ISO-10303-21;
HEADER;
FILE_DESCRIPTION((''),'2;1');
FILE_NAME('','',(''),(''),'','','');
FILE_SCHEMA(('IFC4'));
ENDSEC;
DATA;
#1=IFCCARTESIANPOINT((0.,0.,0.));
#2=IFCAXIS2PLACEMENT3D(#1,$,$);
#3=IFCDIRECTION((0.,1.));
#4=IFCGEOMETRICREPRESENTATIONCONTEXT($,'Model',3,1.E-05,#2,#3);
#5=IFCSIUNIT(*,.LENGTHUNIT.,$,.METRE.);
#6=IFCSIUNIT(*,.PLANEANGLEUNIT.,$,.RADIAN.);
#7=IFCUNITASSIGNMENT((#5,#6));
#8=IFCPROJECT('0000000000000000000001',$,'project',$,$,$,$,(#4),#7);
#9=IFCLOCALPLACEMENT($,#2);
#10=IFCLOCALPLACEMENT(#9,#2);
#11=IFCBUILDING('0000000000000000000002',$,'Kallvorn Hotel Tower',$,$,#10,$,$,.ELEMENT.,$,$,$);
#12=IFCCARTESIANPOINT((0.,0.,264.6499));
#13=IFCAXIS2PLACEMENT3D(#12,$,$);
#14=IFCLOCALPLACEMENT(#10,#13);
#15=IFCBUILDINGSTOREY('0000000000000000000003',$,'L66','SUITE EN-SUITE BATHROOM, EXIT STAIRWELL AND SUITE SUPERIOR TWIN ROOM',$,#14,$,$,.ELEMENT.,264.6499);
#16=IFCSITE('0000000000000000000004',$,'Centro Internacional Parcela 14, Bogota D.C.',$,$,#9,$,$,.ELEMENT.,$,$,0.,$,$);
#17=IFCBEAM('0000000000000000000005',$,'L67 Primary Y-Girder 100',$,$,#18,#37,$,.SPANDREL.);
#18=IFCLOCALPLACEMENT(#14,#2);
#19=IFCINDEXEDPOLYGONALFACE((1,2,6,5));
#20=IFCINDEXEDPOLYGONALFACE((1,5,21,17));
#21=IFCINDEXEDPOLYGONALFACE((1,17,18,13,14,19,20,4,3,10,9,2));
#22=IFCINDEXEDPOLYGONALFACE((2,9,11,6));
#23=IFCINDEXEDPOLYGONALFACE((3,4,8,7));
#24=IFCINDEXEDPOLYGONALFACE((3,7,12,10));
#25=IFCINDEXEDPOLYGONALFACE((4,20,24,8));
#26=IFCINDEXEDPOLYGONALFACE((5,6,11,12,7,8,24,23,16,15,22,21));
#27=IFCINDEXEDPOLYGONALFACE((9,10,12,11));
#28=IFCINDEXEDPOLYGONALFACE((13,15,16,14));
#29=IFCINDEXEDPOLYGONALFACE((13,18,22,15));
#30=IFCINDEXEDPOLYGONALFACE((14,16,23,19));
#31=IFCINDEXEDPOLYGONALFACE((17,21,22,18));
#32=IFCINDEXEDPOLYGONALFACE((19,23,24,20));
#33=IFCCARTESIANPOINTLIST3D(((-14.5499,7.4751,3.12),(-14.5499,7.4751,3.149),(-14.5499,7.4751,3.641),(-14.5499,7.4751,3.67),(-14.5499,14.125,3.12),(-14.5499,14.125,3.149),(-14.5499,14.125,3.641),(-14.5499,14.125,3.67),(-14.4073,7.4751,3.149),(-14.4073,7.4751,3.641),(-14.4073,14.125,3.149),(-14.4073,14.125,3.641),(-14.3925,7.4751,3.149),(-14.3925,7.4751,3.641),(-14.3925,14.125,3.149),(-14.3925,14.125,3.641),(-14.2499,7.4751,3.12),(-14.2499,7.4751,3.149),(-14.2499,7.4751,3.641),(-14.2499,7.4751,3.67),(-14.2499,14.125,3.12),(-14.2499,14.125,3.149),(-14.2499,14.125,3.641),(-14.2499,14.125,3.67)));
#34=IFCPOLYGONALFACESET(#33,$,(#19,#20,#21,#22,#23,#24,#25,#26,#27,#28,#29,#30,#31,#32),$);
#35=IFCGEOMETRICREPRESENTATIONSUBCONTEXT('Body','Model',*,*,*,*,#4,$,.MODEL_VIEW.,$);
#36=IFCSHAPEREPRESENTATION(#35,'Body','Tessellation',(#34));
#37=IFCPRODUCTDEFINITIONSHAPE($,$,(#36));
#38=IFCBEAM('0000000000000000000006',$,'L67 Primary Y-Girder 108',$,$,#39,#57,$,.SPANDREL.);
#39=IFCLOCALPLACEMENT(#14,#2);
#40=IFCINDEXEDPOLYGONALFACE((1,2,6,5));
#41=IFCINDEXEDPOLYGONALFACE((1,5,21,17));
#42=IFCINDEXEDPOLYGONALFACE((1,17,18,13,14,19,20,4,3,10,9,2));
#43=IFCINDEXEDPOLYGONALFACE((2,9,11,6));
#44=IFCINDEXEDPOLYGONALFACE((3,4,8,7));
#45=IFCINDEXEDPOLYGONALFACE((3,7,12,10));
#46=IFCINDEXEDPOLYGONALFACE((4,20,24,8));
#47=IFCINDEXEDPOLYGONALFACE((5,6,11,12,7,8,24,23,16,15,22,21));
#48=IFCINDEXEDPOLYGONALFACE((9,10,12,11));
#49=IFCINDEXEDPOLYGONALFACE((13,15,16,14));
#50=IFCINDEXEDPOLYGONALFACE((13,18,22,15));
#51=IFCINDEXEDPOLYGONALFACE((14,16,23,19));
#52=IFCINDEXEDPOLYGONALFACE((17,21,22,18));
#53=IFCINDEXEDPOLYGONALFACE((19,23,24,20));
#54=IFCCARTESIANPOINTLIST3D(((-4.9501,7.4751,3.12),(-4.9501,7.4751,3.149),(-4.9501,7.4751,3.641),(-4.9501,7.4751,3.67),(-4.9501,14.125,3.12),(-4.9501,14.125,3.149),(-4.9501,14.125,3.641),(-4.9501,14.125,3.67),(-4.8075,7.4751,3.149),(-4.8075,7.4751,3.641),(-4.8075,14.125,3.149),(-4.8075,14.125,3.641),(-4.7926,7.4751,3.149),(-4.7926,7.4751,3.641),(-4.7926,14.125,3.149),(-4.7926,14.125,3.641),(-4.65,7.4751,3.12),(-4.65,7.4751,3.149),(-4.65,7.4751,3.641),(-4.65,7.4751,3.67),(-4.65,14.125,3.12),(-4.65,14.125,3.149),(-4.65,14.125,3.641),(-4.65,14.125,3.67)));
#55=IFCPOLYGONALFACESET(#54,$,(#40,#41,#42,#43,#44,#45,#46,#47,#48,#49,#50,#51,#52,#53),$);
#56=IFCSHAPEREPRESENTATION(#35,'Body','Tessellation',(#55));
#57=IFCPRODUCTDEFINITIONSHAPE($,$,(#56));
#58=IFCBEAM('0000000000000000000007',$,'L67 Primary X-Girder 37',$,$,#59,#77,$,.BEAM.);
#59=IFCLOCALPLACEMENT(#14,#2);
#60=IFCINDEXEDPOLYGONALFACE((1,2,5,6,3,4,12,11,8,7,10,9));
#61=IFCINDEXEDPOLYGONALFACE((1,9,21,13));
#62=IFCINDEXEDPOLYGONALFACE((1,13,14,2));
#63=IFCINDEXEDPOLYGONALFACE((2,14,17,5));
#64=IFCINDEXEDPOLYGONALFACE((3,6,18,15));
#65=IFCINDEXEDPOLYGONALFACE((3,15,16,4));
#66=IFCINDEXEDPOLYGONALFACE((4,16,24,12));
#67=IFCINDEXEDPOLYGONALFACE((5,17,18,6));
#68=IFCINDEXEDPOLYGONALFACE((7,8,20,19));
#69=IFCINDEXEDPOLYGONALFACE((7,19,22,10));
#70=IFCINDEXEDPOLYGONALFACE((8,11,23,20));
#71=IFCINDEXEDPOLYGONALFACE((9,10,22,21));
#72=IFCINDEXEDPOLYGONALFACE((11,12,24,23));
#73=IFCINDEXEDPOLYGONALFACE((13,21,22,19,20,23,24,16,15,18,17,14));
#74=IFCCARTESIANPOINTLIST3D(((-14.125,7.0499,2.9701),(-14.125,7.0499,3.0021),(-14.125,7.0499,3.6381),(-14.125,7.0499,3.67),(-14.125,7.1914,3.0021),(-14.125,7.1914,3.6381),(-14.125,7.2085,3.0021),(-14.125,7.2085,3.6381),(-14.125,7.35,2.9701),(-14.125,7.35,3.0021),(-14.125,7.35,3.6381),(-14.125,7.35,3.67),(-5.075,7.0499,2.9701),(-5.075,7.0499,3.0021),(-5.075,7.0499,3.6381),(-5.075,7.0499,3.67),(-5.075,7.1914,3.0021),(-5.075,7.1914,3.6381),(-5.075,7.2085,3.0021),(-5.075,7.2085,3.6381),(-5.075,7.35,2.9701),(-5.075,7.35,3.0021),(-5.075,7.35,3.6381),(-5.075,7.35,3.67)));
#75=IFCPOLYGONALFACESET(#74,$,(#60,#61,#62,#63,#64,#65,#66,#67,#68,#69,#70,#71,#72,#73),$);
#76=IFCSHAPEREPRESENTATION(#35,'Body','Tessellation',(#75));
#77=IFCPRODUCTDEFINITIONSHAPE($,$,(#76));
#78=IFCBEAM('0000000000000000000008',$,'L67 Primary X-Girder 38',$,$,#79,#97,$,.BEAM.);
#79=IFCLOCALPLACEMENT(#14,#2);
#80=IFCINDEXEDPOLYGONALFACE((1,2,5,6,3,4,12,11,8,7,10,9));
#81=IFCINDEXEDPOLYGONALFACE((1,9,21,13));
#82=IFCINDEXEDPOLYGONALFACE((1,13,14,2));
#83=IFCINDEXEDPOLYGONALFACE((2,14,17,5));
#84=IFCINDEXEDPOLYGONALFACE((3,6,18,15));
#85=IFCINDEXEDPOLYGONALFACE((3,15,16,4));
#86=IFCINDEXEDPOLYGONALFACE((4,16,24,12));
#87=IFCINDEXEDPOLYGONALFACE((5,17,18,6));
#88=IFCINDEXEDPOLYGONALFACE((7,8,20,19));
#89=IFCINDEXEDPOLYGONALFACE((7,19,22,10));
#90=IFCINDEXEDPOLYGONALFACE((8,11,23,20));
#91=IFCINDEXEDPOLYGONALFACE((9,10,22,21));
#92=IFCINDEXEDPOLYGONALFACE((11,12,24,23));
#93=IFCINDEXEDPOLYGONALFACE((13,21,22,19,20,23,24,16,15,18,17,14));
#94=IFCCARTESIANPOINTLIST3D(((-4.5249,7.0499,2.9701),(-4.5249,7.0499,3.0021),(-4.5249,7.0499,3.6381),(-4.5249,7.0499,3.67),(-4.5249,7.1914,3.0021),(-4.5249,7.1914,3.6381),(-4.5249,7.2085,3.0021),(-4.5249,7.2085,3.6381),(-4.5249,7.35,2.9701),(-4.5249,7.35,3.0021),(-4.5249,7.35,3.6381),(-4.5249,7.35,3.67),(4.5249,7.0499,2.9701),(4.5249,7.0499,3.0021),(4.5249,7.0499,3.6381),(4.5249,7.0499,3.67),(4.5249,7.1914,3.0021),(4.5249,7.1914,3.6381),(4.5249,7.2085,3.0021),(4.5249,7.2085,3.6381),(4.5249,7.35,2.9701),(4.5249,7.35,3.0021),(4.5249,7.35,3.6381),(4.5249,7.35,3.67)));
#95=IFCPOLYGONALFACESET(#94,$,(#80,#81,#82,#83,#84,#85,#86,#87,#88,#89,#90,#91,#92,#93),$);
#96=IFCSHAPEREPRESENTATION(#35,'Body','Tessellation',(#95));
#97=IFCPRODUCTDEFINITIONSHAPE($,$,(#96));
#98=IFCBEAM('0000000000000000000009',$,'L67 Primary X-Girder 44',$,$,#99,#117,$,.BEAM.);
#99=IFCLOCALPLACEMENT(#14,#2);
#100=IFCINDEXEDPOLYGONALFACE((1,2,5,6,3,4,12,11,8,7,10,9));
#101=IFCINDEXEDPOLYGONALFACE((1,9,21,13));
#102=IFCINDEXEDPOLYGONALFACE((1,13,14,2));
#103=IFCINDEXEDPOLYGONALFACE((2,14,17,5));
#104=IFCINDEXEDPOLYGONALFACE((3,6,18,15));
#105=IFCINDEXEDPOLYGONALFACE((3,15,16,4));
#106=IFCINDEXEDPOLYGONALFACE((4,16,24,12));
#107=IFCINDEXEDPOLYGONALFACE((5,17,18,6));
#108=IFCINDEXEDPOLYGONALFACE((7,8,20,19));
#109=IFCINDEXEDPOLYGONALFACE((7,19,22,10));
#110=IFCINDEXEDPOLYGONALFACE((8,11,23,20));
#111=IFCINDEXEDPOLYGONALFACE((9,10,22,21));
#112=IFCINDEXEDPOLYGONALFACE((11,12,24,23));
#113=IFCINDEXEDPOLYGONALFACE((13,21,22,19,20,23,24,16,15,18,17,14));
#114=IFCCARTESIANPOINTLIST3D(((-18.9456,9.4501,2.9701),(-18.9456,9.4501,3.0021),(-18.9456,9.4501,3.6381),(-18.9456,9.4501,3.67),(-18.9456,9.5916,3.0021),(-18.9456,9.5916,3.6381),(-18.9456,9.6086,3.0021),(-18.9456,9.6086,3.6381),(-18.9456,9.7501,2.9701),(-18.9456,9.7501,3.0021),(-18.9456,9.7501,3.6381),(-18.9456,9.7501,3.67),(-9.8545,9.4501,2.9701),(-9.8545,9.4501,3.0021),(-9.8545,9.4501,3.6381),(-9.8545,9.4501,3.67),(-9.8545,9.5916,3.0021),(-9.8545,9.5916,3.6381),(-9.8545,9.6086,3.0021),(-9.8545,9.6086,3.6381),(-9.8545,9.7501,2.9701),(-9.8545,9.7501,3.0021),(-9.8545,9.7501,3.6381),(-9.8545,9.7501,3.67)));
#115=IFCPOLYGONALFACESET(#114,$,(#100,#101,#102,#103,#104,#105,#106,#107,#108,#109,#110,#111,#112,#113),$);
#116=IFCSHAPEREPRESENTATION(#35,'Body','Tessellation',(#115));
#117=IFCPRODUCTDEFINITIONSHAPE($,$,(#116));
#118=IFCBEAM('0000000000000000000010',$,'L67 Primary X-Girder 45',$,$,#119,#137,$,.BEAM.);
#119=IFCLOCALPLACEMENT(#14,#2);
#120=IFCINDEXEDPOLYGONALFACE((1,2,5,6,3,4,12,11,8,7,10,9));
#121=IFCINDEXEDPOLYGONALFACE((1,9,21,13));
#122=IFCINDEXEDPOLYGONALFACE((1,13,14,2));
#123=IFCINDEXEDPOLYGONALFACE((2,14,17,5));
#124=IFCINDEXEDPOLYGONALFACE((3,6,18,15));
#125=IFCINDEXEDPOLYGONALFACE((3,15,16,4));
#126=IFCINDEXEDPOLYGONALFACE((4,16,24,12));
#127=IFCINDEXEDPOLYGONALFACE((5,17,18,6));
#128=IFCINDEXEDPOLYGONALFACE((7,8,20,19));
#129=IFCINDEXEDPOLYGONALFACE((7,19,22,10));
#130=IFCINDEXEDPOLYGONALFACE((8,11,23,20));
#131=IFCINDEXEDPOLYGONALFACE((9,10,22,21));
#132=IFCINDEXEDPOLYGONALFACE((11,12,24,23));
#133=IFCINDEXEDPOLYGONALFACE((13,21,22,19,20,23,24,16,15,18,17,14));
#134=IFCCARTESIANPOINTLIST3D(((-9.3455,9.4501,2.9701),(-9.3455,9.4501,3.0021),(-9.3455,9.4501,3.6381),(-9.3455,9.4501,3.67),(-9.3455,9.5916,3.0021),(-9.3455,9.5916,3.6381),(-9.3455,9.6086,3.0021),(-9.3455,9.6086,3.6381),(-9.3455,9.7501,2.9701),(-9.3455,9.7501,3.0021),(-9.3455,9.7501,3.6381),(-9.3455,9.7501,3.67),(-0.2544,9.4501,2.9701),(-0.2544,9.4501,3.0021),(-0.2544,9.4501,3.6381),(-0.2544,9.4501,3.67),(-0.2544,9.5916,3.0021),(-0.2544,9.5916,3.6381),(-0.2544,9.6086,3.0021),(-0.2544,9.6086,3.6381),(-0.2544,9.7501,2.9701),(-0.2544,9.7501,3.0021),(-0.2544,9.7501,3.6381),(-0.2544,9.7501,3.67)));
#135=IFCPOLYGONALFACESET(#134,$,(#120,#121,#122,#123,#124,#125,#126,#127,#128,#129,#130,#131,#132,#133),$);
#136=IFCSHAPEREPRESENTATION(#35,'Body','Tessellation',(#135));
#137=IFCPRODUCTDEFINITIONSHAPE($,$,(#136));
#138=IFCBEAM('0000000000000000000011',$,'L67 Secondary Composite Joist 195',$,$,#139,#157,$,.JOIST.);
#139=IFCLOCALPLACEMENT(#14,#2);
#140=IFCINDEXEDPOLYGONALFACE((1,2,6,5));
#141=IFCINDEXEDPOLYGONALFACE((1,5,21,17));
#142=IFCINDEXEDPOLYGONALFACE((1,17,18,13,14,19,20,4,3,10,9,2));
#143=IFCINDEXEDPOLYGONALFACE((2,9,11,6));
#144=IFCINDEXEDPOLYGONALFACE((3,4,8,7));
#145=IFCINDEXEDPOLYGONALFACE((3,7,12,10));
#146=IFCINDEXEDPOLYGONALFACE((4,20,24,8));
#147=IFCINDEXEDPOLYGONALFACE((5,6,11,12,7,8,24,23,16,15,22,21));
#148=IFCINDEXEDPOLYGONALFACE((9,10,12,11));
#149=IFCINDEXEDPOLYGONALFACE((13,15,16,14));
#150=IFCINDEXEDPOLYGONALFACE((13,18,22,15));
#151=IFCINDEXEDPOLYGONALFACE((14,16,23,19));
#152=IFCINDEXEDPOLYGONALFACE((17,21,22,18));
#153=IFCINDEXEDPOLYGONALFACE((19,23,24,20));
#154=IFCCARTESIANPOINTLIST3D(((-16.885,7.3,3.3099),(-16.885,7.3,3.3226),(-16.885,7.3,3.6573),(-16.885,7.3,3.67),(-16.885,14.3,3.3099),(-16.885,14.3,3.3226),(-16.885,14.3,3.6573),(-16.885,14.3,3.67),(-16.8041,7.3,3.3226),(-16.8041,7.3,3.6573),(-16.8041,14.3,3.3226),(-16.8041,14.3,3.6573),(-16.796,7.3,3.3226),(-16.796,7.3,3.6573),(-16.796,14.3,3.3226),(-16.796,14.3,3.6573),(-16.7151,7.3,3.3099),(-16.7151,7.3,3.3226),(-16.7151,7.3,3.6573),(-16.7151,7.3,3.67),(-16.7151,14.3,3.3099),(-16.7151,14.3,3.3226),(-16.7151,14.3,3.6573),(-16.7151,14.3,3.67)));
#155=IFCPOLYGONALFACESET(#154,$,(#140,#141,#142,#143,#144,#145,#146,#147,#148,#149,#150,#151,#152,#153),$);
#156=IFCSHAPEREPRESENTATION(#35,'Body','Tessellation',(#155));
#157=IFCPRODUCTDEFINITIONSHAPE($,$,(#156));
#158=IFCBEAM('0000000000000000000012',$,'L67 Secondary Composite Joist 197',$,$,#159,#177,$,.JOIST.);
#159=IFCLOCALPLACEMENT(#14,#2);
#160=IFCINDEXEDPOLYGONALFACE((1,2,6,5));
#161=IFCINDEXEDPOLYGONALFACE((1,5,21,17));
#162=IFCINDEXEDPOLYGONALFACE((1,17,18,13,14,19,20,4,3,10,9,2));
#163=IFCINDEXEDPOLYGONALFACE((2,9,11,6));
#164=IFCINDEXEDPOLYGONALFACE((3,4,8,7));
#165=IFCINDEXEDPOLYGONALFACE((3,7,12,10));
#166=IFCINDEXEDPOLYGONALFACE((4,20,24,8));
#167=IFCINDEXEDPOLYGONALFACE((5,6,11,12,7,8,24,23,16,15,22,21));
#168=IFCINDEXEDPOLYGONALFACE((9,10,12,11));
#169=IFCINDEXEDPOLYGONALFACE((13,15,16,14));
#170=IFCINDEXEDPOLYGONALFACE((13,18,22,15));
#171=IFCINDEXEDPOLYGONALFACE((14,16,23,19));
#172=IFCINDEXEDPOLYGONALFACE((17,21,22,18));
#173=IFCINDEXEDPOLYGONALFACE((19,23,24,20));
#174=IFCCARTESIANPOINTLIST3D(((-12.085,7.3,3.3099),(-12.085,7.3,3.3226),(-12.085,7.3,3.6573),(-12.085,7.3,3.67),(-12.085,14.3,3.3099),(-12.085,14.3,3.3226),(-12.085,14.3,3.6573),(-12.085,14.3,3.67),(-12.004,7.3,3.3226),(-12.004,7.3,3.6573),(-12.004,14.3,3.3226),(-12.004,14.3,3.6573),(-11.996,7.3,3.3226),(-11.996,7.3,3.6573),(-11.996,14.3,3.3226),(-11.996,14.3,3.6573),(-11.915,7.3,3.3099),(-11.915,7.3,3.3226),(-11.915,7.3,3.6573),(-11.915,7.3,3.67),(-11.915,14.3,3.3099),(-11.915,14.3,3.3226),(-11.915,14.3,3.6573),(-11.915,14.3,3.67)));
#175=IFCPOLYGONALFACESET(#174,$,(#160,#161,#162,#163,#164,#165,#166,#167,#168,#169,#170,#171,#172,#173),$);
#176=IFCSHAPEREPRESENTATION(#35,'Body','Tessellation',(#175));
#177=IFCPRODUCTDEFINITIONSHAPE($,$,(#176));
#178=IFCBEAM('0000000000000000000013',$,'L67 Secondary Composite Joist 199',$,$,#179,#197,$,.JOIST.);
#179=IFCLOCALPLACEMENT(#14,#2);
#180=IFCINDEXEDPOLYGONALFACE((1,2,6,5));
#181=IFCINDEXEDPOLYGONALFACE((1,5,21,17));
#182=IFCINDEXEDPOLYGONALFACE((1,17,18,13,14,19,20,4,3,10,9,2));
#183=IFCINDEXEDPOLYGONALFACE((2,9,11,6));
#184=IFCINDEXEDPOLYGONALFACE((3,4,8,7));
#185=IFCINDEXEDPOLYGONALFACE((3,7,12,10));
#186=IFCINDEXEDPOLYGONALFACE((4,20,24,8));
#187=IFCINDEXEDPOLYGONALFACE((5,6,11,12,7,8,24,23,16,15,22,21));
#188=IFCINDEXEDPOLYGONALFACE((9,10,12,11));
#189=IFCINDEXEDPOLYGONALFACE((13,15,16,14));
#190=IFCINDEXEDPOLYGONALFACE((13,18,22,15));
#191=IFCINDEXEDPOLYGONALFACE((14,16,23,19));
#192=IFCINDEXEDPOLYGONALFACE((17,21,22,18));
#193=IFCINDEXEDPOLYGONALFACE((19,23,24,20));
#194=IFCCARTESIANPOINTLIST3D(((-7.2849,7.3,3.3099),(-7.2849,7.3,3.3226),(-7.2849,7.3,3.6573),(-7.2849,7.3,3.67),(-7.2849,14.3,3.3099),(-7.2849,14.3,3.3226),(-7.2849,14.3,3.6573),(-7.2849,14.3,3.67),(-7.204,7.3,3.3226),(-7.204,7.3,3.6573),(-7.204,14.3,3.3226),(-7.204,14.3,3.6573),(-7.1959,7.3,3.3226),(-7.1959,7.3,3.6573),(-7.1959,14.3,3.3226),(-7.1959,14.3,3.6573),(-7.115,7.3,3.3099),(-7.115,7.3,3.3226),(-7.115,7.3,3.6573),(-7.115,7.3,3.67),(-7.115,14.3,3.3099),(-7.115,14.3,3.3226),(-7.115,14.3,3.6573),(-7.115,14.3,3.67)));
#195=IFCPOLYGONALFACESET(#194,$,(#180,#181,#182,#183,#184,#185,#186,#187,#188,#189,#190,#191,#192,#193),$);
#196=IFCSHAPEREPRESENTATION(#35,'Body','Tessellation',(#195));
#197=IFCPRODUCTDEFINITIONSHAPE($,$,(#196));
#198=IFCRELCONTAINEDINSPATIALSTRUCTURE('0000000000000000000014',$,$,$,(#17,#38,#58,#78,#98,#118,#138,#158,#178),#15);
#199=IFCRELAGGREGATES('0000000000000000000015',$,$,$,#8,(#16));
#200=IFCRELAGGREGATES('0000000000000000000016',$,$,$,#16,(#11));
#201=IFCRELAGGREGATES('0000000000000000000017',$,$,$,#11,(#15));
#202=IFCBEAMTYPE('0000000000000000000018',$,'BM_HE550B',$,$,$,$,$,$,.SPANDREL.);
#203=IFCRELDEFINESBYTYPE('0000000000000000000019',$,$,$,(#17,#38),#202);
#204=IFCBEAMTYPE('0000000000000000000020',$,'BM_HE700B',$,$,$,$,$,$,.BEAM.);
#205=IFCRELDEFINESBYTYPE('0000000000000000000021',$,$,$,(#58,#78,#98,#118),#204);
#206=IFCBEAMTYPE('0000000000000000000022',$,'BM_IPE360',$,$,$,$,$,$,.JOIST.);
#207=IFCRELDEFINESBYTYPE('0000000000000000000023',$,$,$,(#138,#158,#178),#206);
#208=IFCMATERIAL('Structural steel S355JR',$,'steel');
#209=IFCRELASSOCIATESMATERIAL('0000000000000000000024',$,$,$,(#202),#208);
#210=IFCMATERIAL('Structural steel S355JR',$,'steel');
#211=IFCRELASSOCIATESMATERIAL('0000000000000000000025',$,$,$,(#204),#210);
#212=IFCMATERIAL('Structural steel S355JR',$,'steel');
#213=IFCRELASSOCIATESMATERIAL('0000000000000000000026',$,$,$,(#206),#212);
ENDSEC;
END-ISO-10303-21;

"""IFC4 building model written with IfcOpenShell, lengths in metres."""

from ifc_helpers import new_model, si_unit, direction, frame, origin, origin_2d, place, context, subcontext, project, spatial, i_section, extrude, material, material_profile, profile_set, type_object, element, save


model = new_model("IFC4")

# Units and contexts
model_context = context("Model", 3, precision=1e-05, world=origin(), true_north=direction((0.0, 1.0)))
body_context = subcontext(model_context, "Body", "Model", "MODEL_VIEW")
ifc_project = project(units=[si_unit("LENGTHUNIT", "METRE"), si_unit("PLANEANGLEUNIT", "RADIAN")], contexts=[model_context])

# Site, building, storey
site_placement = place(None, origin())
site = spatial("IfcSite", under=ifc_project, at=site_placement, Name="Centro Internacional Parcela 14, Bogota D.C.", CompositionType="ELEMENT", RefElevation=0.0)
building_placement = place(site_placement, origin())
building = spatial("IfcBuilding", under=site, at=building_placement, Name="Kallvorn Hotel Tower", CompositionType="ELEMENT")
storey_placement = place(building_placement, frame((0.0, 0.0, 264.6499)))
storey = spatial("IfcBuildingStorey", under=building, at=storey_placement, Name="L66", Description="SUITE EN-SUITE BATHROOM, EXIT STAIRWELL AND SUITE SUPERIOR TWIN ROOM", CompositionType="ELEMENT", Elevation=264.6499)

# Beams
ifc_material_1 = material(Name="Structural steel S355JR", Category="steel")
ifc_material_profile_1 = material_profile(ifc_material_1, i_section(OverallWidth=0.3, OverallDepth=0.55, WebThickness=0.0149, FlangeThickness=0.0291, at=origin_2d()), Name="HE 550 B")
ifc_profile_set_1 = profile_set([ifc_material_profile_1], Name="Structural steel S355JR")
beam_type_1 = type_object("IfcBeamType", Name="BM_HE550B", PredefinedType="SPANDREL", material=ifc_profile_set_1)
for number, where, z_axis, x_axis, name in (
    (1, (-14.3999, 7.4751, 3.395), (0.0, 1.0, 0.0), (-1.0, 0.0, 0.0), "L67 Primary Y-Girder 100"),
    (2, (-4.8, 7.4751, 3.395), (0.0, 1.0, 0.0), (-1.0, 0.0, 0.0), "L67 Primary Y-Girder 108"),
):
    element("IfcBeam", number, at=place(storey_placement, frame(where, z_axis=z_axis, x_axis=x_axis)), inside=storey, type_object=beam_type_1, Name=name, PredefinedType="SPANDREL", context=body_context, shape_type="SweptSolid", body=[
        extrude(i_section(OverallWidth=0.3, OverallDepth=0.55, WebThickness=0.0149, FlangeThickness=0.0291, at=origin_2d()), origin(), (0.0, 0.0, 1.0), 6.6499),
    ])
ifc_material_2 = material(Name="Structural steel S355JR", Category="steel")
ifc_material_profile_2 = material_profile(ifc_material_2, i_section(OverallWidth=0.3, OverallDepth=0.7, WebThickness=0.0171, FlangeThickness=0.032, at=origin_2d()), Name="HE 700 B")
ifc_profile_set_2 = profile_set([ifc_material_profile_2], Name="Structural steel S355JR")
beam_type_2 = type_object("IfcBeamType", Name="BM_HE700B", PredefinedType="BEAM", material=ifc_profile_set_2)
beam_1_placement = place(storey_placement, frame((-14.125, 7.2, 3.3201), z_axis=(1.0, 0.0, 0.0), x_axis=(0.0, 1.0, 0.0)))
element("IfcBeam", 3, at=beam_1_placement, inside=storey, type_object=beam_type_2, Name="L67 Primary X-Girder 37", PredefinedType="BEAM", context=body_context, shape_type="SweptSolid", body=[
    extrude(i_section(OverallWidth=0.3, OverallDepth=0.7, WebThickness=0.0171, FlangeThickness=0.032, at=origin_2d()), origin(), (0.0, 0.0, 1.0), 9.05),
])
beam_2_placement = place(storey_placement, frame((-4.5249, 7.2, 3.3201), z_axis=(1.0, 0.0, 0.0), x_axis=(0.0, 1.0, 0.0)))
element("IfcBeam", 4, at=beam_2_placement, inside=storey, type_object=beam_type_2, Name="L67 Primary X-Girder 38", PredefinedType="BEAM", context=body_context, shape_type="SweptSolid", body=[
    extrude(i_section(OverallWidth=0.3, OverallDepth=0.7, WebThickness=0.0171, FlangeThickness=0.032, at=origin_2d()), origin(), (0.0, 0.0, 1.0), 9.0498),
])
for number, where, z_axis, x_axis, name in (
    (5, (-18.9456, 9.6001, 3.3201), (1.0, 0.0, 0.0), (0.0, 1.0, 0.0), "L67 Primary X-Girder 44"),
    (6, (-9.3455, 9.6001, 3.3201), (1.0, 0.0, 0.0), (0.0, 1.0, 0.0), "L67 Primary X-Girder 45"),
):
    element("IfcBeam", number, at=place(storey_placement, frame(where, z_axis=z_axis, x_axis=x_axis)), inside=storey, type_object=beam_type_2, Name=name, PredefinedType="BEAM", context=body_context, shape_type="SweptSolid", body=[
        extrude(i_section(OverallWidth=0.3, OverallDepth=0.7, WebThickness=0.0171, FlangeThickness=0.032, at=origin_2d()), origin(), (0.0, 0.0, 1.0), 9.0911),
    ])
ifc_material_3 = material(Name="Structural steel S355JR", Category="steel")
ifc_material_profile_3 = material_profile(ifc_material_3, i_section(OverallWidth=0.1699, OverallDepth=0.3601, WebThickness=0.0081, FlangeThickness=0.0127, at=origin_2d()), Name="IPE 360")
ifc_profile_set_3 = profile_set([ifc_material_profile_3], Name="Structural steel S355JR")
beam_type_3 = type_object("IfcBeamType", Name="BM_IPE360", PredefinedType="JOIST", material=ifc_profile_set_3)
for number, where, z_axis, x_axis, name in (
    (7, (-16.8, 7.3, 3.49), (0.0, 1.0, 0.0), (-1.0, 0.0, 0.0), "L67 Secondary Composite Joist 195"),
    (8, (-12.0, 7.3, 3.49), (0.0, 1.0, 0.0), (-1.0, 0.0, 0.0), "L67 Secondary Composite Joist 197"),
    (9, (-7.2, 7.3, 3.49), (0.0, 1.0, 0.0), (-1.0, 0.0, 0.0), "L67 Secondary Composite Joist 199"),
):
    element("IfcBeam", number, at=place(storey_placement, frame(where, z_axis=z_axis, x_axis=x_axis)), inside=storey, type_object=beam_type_3, Name=name, PredefinedType="JOIST", context=body_context, shape_type="SweptSolid", body=[
        extrude(i_section(OverallWidth=0.1699, OverallDepth=0.3601, WebThickness=0.0081, FlangeThickness=0.0127, at=origin_2d()), origin(), (0.0, 0.0, 1.0), 7.0),
    ])

save(model, "model.ifc")
